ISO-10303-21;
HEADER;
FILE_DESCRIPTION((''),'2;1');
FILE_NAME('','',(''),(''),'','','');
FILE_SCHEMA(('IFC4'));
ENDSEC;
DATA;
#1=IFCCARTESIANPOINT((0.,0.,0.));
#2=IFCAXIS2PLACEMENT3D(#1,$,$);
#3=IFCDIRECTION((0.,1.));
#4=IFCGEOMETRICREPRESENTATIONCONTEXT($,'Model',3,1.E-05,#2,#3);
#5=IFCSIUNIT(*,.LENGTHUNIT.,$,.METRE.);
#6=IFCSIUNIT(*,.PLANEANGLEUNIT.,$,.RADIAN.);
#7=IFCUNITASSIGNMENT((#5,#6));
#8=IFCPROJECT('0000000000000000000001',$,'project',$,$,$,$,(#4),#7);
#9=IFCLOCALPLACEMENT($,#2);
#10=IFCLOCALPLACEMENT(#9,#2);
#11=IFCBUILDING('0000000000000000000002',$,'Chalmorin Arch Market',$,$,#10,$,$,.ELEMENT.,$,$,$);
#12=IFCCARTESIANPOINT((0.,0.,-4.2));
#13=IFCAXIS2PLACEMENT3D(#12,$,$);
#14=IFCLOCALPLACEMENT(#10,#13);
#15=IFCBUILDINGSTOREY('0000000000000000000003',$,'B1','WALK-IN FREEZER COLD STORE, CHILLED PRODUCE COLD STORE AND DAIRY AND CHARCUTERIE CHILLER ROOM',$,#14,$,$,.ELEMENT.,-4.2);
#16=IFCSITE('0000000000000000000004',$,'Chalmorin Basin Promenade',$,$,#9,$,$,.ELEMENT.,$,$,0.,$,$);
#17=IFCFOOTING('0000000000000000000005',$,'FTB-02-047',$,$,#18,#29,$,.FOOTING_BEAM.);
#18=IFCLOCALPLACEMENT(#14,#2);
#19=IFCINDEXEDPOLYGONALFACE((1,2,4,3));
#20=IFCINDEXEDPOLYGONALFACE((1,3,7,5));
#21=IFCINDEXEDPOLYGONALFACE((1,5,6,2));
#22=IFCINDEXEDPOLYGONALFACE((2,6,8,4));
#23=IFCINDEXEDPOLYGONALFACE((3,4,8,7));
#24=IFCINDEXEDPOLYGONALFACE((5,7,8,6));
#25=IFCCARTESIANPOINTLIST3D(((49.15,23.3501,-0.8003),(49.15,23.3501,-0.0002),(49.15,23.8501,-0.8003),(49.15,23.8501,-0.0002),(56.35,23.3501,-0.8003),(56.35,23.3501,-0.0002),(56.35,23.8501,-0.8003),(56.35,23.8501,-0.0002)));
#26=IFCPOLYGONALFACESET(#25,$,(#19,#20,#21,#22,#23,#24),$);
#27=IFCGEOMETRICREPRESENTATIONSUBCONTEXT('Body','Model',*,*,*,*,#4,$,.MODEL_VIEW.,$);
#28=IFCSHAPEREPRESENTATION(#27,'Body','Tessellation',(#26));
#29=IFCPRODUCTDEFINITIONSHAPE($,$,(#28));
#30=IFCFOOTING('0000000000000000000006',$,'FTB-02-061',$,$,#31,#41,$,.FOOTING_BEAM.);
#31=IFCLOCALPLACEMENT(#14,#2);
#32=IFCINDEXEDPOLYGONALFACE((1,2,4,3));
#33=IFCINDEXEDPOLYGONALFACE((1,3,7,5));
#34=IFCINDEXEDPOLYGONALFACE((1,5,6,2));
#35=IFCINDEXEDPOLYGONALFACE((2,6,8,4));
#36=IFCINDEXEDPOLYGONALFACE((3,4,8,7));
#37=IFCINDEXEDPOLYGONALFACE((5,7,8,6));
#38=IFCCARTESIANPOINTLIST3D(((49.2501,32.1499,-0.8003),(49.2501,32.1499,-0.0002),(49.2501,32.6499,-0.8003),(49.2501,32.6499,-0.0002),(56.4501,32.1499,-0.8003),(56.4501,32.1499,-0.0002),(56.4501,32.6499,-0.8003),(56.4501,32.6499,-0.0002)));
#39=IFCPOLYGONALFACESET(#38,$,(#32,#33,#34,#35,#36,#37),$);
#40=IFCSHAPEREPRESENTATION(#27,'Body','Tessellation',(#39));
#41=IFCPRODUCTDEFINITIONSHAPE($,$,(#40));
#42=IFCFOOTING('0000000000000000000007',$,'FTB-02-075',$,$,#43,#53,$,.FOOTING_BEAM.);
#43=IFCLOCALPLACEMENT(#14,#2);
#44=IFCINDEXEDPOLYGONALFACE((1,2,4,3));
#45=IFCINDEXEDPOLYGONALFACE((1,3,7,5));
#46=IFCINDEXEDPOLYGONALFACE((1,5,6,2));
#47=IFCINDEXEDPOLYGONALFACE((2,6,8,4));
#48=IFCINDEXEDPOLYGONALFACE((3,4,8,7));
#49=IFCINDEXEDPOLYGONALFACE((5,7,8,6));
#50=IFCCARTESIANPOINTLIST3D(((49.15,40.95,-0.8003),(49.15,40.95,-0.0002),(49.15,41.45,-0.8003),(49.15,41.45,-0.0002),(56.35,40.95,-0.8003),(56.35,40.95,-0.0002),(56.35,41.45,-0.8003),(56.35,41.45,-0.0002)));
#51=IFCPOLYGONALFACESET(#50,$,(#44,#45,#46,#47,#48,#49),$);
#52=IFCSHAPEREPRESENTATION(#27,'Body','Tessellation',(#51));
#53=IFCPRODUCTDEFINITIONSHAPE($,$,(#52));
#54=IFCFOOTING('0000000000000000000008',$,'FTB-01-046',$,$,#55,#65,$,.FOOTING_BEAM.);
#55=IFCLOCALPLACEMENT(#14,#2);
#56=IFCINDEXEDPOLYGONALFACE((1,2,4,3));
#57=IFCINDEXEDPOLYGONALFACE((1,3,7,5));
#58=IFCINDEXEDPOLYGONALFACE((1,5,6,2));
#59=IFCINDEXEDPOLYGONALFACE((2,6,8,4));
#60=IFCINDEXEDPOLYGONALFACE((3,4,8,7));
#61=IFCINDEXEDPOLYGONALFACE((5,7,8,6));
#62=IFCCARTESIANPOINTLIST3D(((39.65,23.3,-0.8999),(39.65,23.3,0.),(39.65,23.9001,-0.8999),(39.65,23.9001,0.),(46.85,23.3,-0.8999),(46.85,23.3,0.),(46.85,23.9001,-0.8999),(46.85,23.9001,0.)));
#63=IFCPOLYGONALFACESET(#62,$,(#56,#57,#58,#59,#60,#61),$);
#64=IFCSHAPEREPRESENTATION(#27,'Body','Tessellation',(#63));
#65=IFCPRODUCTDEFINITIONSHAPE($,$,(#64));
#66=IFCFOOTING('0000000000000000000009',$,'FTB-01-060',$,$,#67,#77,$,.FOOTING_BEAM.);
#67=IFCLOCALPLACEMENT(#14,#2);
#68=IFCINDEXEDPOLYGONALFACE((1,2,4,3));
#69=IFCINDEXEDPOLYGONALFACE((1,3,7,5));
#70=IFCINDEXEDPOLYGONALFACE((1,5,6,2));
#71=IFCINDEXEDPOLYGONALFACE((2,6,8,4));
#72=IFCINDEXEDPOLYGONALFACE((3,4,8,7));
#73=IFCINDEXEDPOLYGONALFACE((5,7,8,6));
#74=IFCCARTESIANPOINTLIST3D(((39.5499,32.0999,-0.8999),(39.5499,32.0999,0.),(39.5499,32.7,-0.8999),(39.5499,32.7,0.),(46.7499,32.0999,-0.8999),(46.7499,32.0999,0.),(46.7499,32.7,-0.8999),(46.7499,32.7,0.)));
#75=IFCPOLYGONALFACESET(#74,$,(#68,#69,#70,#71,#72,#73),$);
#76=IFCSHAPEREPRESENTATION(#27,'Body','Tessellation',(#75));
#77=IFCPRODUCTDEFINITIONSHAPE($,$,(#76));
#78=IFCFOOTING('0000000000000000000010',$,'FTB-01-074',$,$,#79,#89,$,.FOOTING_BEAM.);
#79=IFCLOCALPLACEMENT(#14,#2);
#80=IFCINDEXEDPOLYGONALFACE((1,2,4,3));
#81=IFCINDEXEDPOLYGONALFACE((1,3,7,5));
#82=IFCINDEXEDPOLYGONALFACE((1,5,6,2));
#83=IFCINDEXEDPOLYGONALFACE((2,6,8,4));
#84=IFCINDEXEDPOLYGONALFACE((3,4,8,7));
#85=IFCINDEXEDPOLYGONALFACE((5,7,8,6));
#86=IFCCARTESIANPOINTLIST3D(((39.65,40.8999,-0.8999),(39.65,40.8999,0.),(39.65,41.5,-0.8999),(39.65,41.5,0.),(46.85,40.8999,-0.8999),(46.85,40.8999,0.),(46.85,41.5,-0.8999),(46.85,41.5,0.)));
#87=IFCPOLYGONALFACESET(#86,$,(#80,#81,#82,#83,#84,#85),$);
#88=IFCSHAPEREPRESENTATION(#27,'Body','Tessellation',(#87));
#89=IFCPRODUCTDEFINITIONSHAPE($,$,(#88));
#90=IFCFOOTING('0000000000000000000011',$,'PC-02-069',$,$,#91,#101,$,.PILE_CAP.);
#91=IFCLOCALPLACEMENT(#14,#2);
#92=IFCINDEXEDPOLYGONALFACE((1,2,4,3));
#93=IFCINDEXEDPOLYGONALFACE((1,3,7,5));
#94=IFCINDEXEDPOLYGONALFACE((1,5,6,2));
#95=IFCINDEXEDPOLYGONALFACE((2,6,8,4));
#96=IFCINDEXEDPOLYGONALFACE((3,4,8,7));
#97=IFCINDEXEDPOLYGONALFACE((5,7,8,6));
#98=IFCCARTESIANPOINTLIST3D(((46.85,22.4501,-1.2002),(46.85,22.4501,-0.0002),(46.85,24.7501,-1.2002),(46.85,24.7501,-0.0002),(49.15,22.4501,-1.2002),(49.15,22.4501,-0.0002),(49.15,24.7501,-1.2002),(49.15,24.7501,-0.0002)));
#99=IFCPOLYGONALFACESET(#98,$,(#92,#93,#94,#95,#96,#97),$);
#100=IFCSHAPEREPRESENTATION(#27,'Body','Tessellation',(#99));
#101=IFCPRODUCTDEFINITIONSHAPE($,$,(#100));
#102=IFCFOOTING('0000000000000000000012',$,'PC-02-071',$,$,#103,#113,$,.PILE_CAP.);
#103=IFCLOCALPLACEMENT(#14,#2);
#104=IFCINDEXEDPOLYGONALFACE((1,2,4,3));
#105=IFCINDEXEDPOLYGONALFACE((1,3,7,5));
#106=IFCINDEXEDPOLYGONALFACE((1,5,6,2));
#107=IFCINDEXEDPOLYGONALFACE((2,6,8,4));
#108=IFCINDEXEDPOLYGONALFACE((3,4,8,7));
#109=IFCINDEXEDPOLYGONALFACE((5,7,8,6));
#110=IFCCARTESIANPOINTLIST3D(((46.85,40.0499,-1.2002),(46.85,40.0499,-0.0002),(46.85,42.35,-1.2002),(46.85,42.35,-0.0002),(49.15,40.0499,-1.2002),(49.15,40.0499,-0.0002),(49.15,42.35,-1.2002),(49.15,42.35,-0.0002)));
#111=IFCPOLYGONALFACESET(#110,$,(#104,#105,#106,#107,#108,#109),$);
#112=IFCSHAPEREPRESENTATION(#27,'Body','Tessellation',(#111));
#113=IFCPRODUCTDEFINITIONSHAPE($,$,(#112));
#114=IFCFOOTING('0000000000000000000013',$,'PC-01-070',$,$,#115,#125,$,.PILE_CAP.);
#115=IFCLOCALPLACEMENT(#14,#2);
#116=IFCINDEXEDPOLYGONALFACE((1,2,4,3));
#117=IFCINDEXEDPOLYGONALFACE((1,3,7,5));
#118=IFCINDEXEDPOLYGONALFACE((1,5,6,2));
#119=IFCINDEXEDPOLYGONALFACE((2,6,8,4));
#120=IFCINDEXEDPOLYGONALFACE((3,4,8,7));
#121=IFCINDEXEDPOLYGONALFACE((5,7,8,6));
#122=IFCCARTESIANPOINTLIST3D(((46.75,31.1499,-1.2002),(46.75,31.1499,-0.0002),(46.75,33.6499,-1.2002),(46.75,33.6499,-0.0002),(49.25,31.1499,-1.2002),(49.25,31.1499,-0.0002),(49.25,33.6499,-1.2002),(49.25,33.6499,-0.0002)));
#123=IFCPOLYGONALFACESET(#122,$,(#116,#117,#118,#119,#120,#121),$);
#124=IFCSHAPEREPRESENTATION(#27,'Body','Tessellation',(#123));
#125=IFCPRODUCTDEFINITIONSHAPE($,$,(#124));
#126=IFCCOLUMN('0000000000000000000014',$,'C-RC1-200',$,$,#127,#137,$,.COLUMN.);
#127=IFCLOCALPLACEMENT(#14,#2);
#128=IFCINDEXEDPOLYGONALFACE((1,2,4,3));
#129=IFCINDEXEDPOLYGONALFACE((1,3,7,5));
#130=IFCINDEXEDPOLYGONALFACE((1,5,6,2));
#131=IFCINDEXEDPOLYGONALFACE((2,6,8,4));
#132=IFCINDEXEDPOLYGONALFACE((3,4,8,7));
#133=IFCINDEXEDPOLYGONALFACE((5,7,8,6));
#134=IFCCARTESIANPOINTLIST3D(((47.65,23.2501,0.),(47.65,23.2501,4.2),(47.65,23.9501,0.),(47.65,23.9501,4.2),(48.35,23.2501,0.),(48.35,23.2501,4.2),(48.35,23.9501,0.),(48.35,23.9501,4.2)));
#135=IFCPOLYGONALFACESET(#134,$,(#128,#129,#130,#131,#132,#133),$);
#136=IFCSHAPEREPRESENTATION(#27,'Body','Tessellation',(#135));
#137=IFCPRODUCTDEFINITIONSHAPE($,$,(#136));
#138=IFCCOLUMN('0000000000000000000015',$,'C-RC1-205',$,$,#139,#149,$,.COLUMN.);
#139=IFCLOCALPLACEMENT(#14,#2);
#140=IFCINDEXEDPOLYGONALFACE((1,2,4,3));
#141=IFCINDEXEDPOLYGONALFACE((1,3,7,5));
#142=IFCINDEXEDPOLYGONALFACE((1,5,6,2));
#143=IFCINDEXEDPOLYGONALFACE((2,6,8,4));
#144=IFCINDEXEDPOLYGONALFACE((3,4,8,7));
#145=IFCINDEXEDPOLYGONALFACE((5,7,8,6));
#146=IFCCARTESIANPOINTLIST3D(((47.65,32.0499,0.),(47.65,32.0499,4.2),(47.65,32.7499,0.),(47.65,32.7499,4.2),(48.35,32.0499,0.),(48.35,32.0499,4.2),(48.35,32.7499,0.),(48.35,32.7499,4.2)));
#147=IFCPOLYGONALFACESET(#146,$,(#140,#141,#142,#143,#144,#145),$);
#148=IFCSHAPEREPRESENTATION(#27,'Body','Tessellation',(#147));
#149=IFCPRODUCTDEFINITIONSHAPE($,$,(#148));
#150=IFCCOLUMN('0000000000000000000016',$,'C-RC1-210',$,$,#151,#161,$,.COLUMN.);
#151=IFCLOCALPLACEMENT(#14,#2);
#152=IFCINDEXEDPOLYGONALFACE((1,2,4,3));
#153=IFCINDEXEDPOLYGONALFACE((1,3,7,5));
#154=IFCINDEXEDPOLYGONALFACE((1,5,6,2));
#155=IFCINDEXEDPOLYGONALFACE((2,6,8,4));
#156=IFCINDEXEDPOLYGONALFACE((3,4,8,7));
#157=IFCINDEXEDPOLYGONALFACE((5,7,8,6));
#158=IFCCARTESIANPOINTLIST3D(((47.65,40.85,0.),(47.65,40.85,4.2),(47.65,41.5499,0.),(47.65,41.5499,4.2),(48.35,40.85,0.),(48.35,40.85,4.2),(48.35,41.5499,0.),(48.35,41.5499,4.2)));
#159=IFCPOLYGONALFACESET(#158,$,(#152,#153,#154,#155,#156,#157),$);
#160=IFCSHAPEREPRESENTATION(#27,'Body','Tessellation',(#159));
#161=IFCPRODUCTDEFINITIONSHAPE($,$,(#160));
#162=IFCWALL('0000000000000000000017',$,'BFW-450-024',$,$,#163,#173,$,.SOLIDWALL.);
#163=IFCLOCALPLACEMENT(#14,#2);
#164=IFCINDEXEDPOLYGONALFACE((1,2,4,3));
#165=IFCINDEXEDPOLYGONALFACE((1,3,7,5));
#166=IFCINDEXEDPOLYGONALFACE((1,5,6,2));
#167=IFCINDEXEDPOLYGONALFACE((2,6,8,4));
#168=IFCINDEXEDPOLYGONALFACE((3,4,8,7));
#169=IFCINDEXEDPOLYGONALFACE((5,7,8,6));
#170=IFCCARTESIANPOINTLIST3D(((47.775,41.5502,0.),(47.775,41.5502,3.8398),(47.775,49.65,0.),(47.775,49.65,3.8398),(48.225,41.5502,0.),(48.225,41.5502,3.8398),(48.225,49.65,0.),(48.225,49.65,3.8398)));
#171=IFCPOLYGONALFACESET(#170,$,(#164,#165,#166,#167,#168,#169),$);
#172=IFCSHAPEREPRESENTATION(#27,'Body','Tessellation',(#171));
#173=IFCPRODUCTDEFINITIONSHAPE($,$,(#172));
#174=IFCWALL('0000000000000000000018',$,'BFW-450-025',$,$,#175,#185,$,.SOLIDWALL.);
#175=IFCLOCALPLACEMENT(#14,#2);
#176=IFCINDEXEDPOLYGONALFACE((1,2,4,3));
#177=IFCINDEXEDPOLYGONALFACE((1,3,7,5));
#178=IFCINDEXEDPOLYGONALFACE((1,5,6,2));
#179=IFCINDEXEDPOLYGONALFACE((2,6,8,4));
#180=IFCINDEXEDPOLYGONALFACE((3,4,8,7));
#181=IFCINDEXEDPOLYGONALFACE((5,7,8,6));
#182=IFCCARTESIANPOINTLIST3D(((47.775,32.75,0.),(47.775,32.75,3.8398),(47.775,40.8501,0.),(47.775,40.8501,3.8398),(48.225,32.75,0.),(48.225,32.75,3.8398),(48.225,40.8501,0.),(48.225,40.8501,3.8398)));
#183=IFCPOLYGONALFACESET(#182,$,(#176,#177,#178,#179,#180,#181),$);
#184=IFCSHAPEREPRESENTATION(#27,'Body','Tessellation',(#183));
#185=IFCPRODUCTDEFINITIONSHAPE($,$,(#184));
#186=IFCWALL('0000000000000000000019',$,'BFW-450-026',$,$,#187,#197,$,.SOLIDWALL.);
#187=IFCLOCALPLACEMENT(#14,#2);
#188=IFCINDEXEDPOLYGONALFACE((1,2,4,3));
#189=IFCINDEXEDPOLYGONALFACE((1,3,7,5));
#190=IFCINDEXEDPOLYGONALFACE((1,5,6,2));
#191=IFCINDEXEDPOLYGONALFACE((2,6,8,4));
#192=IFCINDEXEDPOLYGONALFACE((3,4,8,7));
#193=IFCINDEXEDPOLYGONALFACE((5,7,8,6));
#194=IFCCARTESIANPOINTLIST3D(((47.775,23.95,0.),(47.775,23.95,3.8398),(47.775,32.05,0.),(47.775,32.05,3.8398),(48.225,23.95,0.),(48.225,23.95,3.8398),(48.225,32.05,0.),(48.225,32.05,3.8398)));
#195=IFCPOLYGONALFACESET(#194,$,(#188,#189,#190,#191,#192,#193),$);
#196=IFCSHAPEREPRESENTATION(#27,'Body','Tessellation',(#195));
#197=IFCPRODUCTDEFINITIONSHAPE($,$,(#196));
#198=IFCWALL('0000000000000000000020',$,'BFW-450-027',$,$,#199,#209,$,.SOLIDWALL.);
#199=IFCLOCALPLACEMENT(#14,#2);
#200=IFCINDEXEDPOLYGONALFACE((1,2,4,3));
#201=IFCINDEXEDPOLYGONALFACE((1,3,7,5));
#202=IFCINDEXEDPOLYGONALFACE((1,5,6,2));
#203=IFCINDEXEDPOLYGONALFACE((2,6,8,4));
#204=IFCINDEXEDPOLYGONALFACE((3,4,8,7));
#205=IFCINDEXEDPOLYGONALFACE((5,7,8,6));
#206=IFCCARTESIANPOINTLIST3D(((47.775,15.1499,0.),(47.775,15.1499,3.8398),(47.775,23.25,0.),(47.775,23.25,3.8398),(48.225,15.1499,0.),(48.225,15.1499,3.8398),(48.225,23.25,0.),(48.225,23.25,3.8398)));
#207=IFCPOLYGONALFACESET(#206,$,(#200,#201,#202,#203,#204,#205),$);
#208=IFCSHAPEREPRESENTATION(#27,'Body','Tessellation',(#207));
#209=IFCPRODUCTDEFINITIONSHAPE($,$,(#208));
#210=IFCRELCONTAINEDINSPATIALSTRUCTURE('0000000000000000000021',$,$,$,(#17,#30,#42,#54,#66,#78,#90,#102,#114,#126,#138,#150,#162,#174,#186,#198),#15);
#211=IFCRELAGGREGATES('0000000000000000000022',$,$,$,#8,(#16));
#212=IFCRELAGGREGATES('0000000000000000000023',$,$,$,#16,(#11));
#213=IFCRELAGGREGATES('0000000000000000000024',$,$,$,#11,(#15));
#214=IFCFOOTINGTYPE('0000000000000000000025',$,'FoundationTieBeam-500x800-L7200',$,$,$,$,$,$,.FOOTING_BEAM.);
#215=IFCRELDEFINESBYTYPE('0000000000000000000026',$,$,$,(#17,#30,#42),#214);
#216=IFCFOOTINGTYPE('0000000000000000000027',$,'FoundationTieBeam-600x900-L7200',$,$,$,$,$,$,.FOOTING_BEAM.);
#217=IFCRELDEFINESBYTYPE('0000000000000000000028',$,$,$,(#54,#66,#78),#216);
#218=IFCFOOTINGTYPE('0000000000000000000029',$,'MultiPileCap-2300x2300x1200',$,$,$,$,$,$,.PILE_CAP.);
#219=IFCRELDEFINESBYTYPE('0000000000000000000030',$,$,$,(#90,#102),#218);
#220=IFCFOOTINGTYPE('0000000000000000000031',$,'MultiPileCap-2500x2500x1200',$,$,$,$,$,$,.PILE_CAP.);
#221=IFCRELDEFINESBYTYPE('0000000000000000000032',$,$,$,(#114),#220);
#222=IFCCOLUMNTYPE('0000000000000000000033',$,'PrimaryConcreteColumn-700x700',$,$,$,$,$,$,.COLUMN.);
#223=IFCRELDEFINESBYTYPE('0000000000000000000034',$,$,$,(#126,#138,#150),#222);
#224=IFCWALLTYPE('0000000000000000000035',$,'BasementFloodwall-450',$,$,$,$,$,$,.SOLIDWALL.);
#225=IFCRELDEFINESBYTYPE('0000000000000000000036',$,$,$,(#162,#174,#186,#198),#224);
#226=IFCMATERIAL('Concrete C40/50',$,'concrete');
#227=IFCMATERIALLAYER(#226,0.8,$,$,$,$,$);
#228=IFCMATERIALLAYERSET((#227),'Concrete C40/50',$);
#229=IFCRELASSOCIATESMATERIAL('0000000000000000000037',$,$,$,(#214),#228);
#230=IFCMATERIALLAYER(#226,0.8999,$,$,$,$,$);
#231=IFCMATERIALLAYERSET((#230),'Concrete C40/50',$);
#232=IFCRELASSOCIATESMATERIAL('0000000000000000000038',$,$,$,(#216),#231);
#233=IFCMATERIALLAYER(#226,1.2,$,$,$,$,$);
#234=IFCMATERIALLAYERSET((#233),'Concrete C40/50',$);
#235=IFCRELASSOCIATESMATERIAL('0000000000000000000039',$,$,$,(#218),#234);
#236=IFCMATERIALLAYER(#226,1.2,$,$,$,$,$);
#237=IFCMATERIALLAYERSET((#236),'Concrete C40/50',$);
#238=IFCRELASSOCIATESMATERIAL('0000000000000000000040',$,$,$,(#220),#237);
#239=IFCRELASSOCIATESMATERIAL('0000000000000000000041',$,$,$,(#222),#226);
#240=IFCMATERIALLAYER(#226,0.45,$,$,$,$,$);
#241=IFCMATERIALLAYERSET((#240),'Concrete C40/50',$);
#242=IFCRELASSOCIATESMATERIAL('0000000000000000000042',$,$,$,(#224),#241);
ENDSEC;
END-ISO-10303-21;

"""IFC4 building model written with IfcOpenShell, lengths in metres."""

from ifc_helpers import new_model, si_unit, direction, frame, frame_2d, origin, origin_2d, place, context, subcontext, project, spatial, rectangle, extrude, material, layer, layer_set, material_profile, profile_set, type_object, element, save


model = new_model("IFC4")

# Units and contexts
model_context = context("Model", 3, precision=1e-05, world=origin(), true_north=direction((0.0, 1.0)))
body_context = subcontext(model_context, "Body", "Model", "MODEL_VIEW")
ifc_project = project(units=[si_unit("LENGTHUNIT", "METRE"), si_unit("PLANEANGLEUNIT", "RADIAN")], contexts=[model_context])

# Site, building, storey
site_placement = place(None, origin())
site = spatial("IfcSite", under=ifc_project, at=site_placement, Name="Chalmorin Basin Promenade", CompositionType="ELEMENT", RefElevation=0.0)
building_placement = place(site_placement, origin())
building = spatial("IfcBuilding", under=site, at=building_placement, Name="Chalmorin Arch Market", CompositionType="ELEMENT")
storey_placement = place(building_placement, frame((0.0, 0.0, -4.2)))
storey = spatial("IfcBuildingStorey", under=building, at=storey_placement, Name="B1", Description="WALK-IN FREEZER COLD STORE, CHILLED PRODUCE COLD STORE AND DAIRY AND CHARCUTERIE CHILLER ROOM", CompositionType="ELEMENT", Elevation=-4.2)

# Footings
ifc_material_1 = material(Name="Concrete C40/50", Category="concrete")
ifc_layer_1 = layer(ifc_material_1, 0.8)
ifc_layer_set_1 = layer_set([ifc_layer_1], Name="Concrete C40/50")
footing_type_1 = type_object("IfcFootingType", Name="FoundationTieBeam-500x800-L7200", PredefinedType="FOOTING_BEAM", material=ifc_layer_set_1)
for number, where, z_axis, x_axis, name in (
    (1, (52.75, 23.6001, -0.8003), (0.0, 0.0, 1.0), (1.0, 0.0, 0.0), "FTB-02-047"),
    (2, (52.8501, 32.3999, -0.8003), (0.0, 0.0, 1.0), (1.0, 0.0, 0.0), "FTB-02-061"),
    (3, (52.75, 41.2, -0.8003), (0.0, 0.0, 1.0), (1.0, 0.0, 0.0), "FTB-02-075"),
):
    element("IfcFooting", number, at=place(storey_placement, frame(where, z_axis=z_axis, x_axis=x_axis)), inside=storey, type_object=footing_type_1, Name=name, PredefinedType="FOOTING_BEAM", context=body_context, shape_type="SweptSolid", body=[
        extrude(rectangle(XDim=7.2, YDim=0.5, at=origin_2d()), origin(), (0.0, 0.0, 1.0), 0.8),
    ])
ifc_layer_2 = layer(ifc_material_1, 0.8999)
ifc_layer_set_2 = layer_set([ifc_layer_2], Name="Concrete C40/50")
footing_type_2 = type_object("IfcFootingType", Name="FoundationTieBeam-600x900-L7200", PredefinedType="FOOTING_BEAM", material=ifc_layer_set_2)
for number, where, z_axis, x_axis, name in (
    (4, (43.25, 23.6001, -0.8999), (0.0, 0.0, 1.0), (1.0, 0.0, 0.0), "FTB-01-046"),
    (5, (43.1499, 32.3999, -0.8999), (0.0, 0.0, 1.0), (1.0, 0.0, 0.0), "FTB-01-060"),
    (6, (43.25, 41.2, -0.8999), (0.0, 0.0, 1.0), (1.0, 0.0, 0.0), "FTB-01-074"),
):
    element("IfcFooting", number, at=place(storey_placement, frame(where, z_axis=z_axis, x_axis=x_axis)), inside=storey, type_object=footing_type_2, Name=name, PredefinedType="FOOTING_BEAM", context=body_context, shape_type="SweptSolid", body=[
        extrude(rectangle(XDim=7.2, YDim=0.6001, at=origin_2d()), origin(), (0.0, 0.0, 1.0), 0.8999),
    ])
ifc_layer_3 = layer(ifc_material_1, 1.2)
ifc_layer_set_3 = layer_set([ifc_layer_3], Name="Concrete C40/50")
footing_type_3 = type_object("IfcFootingType", Name="MultiPileCap-2300x2300x1200", PredefinedType="PILE_CAP", material=ifc_layer_set_3)
for number, where, z_axis, x_axis, name in (
    (7, (48.0, 23.6001, -1.2002), (0.0, 0.0, 1.0), (1.0, 0.0, 0.0), "PC-02-069"),
    (8, (48.0, 41.2, -1.2002), (0.0, 0.0, 1.0), (1.0, 0.0, 0.0), "PC-02-071"),
):
    element("IfcFooting", number, at=place(storey_placement, frame(where, z_axis=z_axis, x_axis=x_axis)), inside=storey, type_object=footing_type_3, Name=name, PredefinedType="PILE_CAP", context=body_context, shape_type="SweptSolid", body=[
        extrude(rectangle(XDim=2.3, YDim=2.3, at=origin_2d()), origin(), (0.0, 0.0, 1.0), 1.2),
    ])
ifc_layer_4 = layer(ifc_material_1, 1.2)
ifc_layer_set_4 = layer_set([ifc_layer_4], Name="Concrete C40/50")
footing_type_4 = type_object("IfcFootingType", Name="MultiPileCap-2500x2500x1200", PredefinedType="PILE_CAP", material=ifc_layer_set_4)
footing_placement = place(storey_placement, frame((48.0, 32.3999, -1.2002), z_axis=(0.0, 0.0, 1.0), x_axis=(1.0, 0.0, 0.0)))
element("IfcFooting", 9, at=footing_placement, inside=storey, type_object=footing_type_4, Name="PC-01-070", PredefinedType="PILE_CAP", context=body_context, shape_type="SweptSolid", body=[
    extrude(rectangle(XDim=2.5, YDim=2.5, at=origin_2d()), origin(), (0.0, 0.0, 1.0), 1.2),
])

# Columns
ifc_material_profile_1 = material_profile(ifc_material_1, rectangle(XDim=0.7, YDim=0.7, at=origin_2d()), Name="RC700X700")
ifc_profile_set_1 = profile_set([ifc_material_profile_1], Name="Concrete C40/50")
column_type = type_object("IfcColumnType", Name="PrimaryConcreteColumn-700x700", PredefinedType="COLUMN", material=ifc_profile_set_1)
for number, where, z_axis, x_axis, name in (
    (10, (48.0, 23.6001, 0.0), (0.0, 0.0, 1.0), (1.0, 0.0, 0.0), "C-RC1-200"),
    (11, (48.0, 32.3999, 0.0), (0.0, 0.0, 1.0), (1.0, 0.0, 0.0), "C-RC1-205"),
    (12, (48.0, 41.2, 0.0), (0.0, 0.0, 1.0), (1.0, 0.0, 0.0), "C-RC1-210"),
):
    element("IfcColumn", number, at=place(storey_placement, frame(where, z_axis=z_axis, x_axis=x_axis)), inside=storey, type_object=column_type, Name=name, PredefinedType="COLUMN", context=body_context, shape_type="SweptSolid", body=[
        extrude(rectangle(XDim=0.7, YDim=0.7, at=origin_2d()), origin(), (0.0, 0.0, 1.0), 4.2),
    ])

# Walls
ifc_layer_5 = layer(ifc_material_1, 0.45)
ifc_layer_set_5 = layer_set([ifc_layer_5], Name="Concrete C40/50")
wall_type_1 = type_object("IfcWallType", Name="BasementFloodwall-450", PredefinedType="SOLIDWALL", material=ifc_layer_set_5)
wall_1_placement = place(storey_placement, frame((48.0, 49.6499, 0.0), z_axis=(0.0, 0.0, 1.0), x_axis=(0.0, -1.0, 0.0)))
element("IfcWall", 13, at=wall_1_placement, inside=storey, type_object=wall_type_1, Name="BFW-450-024", PredefinedType="SOLIDWALL", context=body_context, shape_type="SweptSolid", body=[
    extrude(rectangle(XDim=8.0999, YDim=0.45, at=frame_2d((4.0498, 0.0))), origin(), (0.0, 0.0, 1.0), 3.8398),
])
for number, where, z_axis, x_axis, name in (
    (14, (48.0, 40.8501, 0.0), (0.0, 0.0, 1.0), (0.0, -1.0, 0.0), "BFW-450-025"),
    (15, (48.0, 32.05, 0.0), (0.0, 0.0, 1.0), (0.0, -1.0, 0.0), "BFW-450-026"),
    (16, (48.0, 23.25, 0.0), (0.0, 0.0, 1.0), (0.0, -1.0, 0.0), "BFW-450-027"),
):
    element("IfcWall", number, at=place(storey_placement, frame(where, z_axis=z_axis, x_axis=x_axis)), inside=storey, type_object=wall_type_1, Name=name, PredefinedType="SOLIDWALL", context=body_context, shape_type="SweptSolid", body=[
        extrude(rectangle(XDim=8.1001, YDim=0.45, at=frame_2d((4.05, 0.0))), origin(), (0.0, 0.0, 1.0), 3.8398),
    ])

save(model, "model.ifc")
